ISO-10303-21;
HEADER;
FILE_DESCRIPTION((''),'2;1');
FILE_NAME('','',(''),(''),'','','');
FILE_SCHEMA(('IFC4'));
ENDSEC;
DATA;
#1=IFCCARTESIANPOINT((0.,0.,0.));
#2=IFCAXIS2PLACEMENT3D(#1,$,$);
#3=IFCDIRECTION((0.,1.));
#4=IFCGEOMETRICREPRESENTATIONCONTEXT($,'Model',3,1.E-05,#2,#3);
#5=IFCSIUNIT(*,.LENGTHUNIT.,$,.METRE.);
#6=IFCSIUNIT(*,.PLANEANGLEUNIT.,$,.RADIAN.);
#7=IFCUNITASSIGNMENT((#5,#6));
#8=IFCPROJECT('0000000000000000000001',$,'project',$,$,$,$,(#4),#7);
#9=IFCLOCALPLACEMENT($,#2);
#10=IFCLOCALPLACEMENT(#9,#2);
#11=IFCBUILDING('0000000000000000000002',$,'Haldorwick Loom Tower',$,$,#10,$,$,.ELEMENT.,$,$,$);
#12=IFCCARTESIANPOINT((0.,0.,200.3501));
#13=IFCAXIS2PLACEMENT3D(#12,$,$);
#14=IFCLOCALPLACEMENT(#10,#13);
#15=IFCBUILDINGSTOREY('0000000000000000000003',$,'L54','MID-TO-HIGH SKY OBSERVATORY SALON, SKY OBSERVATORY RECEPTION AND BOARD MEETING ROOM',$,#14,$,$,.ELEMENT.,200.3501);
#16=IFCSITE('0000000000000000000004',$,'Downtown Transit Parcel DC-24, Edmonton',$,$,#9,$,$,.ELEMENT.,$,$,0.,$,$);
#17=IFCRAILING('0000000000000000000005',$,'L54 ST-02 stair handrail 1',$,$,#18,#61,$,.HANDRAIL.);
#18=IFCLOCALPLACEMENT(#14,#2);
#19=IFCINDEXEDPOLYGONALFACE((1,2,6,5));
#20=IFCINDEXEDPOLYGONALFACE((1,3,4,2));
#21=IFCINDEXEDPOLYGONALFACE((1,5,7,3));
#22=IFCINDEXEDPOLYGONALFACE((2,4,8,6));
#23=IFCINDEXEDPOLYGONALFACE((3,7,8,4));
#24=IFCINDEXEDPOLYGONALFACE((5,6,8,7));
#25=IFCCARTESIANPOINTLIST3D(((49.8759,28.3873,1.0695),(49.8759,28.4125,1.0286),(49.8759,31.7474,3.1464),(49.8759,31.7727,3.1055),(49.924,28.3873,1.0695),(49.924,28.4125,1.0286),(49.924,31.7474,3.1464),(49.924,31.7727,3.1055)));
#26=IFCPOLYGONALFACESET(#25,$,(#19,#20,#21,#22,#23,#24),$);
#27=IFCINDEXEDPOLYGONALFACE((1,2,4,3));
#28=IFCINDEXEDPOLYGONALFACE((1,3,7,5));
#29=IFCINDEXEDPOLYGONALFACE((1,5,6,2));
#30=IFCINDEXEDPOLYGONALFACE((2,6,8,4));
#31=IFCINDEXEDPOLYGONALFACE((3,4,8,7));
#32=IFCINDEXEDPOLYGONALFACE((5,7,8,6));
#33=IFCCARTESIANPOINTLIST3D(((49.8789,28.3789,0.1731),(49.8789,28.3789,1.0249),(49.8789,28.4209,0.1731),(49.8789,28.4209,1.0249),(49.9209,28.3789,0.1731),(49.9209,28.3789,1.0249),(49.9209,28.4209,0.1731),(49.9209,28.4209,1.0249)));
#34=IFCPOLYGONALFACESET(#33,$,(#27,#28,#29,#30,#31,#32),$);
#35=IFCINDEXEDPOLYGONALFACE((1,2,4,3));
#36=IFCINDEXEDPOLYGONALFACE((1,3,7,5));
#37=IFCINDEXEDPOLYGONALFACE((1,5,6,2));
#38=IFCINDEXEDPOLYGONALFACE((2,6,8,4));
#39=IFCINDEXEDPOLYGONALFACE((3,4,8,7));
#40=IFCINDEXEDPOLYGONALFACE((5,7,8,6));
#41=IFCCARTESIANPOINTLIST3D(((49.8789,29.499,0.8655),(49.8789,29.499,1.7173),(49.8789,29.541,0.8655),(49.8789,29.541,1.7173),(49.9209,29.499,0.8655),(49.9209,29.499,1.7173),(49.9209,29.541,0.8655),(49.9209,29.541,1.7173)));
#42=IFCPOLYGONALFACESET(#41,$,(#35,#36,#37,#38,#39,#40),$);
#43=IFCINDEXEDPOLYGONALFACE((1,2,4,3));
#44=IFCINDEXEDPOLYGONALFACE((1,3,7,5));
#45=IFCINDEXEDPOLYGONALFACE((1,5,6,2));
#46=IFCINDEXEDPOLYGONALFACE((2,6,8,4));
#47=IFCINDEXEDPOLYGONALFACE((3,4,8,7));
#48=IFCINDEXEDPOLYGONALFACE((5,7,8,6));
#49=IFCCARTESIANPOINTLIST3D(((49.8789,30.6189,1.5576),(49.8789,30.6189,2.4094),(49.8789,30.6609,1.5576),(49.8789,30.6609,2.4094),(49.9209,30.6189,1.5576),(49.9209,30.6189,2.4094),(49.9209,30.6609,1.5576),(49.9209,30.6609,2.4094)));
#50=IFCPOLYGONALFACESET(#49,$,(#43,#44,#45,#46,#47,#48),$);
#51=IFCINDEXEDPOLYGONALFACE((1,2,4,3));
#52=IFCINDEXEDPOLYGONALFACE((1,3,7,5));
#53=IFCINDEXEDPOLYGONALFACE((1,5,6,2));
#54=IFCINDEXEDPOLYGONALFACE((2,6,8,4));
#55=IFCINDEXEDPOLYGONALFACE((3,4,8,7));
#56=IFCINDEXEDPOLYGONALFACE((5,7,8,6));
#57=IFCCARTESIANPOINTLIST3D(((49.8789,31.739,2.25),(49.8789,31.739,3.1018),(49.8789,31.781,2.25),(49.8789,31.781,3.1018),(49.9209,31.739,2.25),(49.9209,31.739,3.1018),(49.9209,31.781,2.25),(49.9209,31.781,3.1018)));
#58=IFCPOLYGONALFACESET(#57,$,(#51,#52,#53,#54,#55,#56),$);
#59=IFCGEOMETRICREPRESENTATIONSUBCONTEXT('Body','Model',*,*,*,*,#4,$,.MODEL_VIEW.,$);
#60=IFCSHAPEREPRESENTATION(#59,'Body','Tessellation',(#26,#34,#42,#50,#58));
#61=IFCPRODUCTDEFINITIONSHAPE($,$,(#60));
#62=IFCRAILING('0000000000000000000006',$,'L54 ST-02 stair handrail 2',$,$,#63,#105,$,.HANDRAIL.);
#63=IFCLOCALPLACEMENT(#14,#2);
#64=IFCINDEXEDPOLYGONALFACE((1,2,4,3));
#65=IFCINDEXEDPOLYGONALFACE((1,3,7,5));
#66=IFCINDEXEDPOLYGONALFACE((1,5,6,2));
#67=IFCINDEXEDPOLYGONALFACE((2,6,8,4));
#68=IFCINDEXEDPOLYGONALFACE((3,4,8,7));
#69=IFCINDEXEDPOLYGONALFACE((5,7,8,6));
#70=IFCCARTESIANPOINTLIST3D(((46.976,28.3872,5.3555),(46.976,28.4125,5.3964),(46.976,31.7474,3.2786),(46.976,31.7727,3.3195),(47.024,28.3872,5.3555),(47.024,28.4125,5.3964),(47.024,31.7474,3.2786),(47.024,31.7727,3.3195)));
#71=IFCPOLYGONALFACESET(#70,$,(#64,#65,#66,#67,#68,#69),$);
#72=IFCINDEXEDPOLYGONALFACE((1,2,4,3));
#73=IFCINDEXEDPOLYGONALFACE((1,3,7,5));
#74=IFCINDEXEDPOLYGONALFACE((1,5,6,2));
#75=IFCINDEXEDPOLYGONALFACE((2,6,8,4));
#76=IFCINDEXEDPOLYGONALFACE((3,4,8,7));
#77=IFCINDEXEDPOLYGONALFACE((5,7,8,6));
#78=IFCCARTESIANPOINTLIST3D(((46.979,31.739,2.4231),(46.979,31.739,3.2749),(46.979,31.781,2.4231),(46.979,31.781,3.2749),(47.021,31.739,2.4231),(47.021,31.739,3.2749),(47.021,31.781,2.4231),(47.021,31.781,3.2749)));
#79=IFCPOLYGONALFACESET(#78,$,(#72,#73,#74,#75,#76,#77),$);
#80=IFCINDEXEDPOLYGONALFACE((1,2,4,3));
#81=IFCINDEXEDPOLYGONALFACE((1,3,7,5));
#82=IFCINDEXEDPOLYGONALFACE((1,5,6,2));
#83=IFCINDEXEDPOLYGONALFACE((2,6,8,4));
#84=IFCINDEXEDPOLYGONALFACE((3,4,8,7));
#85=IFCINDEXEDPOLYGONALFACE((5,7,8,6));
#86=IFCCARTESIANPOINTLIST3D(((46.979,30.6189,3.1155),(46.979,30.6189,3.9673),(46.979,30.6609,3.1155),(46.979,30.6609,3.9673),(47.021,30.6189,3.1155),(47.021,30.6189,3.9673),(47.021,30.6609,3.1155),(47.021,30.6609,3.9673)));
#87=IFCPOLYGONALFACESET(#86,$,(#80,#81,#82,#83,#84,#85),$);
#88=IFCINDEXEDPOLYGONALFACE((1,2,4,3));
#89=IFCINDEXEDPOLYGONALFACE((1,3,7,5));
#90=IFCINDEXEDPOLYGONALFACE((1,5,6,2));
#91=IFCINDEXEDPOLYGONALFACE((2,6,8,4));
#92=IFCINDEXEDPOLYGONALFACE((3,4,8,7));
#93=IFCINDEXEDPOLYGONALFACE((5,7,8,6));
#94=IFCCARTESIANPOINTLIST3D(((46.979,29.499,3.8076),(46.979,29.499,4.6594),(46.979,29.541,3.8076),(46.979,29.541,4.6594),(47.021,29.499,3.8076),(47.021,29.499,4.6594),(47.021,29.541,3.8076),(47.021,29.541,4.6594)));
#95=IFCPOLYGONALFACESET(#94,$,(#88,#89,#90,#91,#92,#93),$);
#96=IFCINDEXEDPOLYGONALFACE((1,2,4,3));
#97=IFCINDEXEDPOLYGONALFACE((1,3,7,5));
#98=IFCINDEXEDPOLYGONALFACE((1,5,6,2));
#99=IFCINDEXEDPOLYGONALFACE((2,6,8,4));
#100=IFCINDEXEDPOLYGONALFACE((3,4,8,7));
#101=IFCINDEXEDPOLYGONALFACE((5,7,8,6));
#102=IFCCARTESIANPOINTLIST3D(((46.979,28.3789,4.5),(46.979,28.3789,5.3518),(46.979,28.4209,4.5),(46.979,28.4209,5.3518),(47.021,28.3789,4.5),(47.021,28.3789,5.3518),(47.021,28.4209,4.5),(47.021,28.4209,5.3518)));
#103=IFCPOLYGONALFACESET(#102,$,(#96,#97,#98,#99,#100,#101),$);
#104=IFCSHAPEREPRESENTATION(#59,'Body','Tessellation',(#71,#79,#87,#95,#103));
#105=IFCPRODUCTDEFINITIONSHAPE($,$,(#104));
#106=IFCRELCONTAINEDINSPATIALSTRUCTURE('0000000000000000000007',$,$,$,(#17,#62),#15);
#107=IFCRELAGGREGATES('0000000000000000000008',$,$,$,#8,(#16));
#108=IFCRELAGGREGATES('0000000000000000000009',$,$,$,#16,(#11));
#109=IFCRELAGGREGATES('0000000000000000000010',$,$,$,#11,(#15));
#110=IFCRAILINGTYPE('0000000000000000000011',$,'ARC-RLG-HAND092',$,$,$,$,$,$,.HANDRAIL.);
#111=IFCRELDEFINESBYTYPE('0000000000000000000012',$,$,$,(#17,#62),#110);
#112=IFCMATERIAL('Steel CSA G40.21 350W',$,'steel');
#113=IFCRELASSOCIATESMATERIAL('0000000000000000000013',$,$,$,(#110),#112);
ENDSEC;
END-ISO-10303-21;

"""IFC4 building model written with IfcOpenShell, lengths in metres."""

from ifc_helpers import new_model, si_unit, direction, frame, origin, origin_2d, place, context, subcontext, project, spatial, rectangle, extrude, material, type_object, element, save


model = new_model("IFC4")

# Units and contexts
model_context = context("Model", 3, precision=1e-05, world=origin(), true_north=direction((0.0, 1.0)))
body_context = subcontext(model_context, "Body", "Model", "MODEL_VIEW")
ifc_project = project(units=[si_unit("LENGTHUNIT", "METRE"), si_unit("PLANEANGLEUNIT", "RADIAN")], contexts=[model_context])

# Site, building, storey
site_placement = place(None, origin())
site = spatial("IfcSite", under=ifc_project, at=site_placement, Name="Downtown Transit Parcel DC-24, Edmonton", CompositionType="ELEMENT", RefElevation=0.0)
building_placement = place(site_placement, origin())
building = spatial("IfcBuilding", under=site, at=building_placement, Name="Haldorwick Loom Tower", CompositionType="ELEMENT")
storey_placement = place(building_placement, frame((0.0, 0.0, 200.3501)))
storey = spatial("IfcBuildingStorey", under=building, at=storey_placement, Name="L54", Description="MID-TO-HIGH SKY OBSERVATORY SALON, SKY OBSERVATORY RECEPTION AND BOARD MEETING ROOM", CompositionType="ELEMENT", Elevation=200.3501)

# Shared definitions
ifc_material_1 = material(Name="Steel CSA G40.21 350W", Category="steel")

# Railings
railing_type_1 = type_object("IfcRailingType", Name="ARC-RLG-HAND092", PredefinedType="HANDRAIL", material=ifc_material_1)
railing_1_placement = place(storey_placement, frame((49.8999, 28.3999, 0.1731)))
element("IfcRailing", 1, at=railing_1_placement, inside=storey, type_object=railing_type_1, Name="L54 ST-02 stair handrail 1", PredefinedType="HANDRAIL", context=body_context, shape_type="SweptSolid", body=[
    extrude(rectangle(XDim=0.0481, YDim=0.0481, at=origin_2d()), frame((0.0, 0.0, 0.876), z_axis=(0.0, 0.850623, 0.525776), x_axis=(-1.0, 0.0, 0.0)), (0.0, 0.0, 1.0), 3.9502),
    extrude(rectangle(XDim=0.042, YDim=0.042, at=origin_2d()), origin(), (0.0, 0.0, 1.0), 0.8518),
    extrude(rectangle(XDim=0.042, YDim=0.042, at=origin_2d()), frame((0.0, 1.1201, 0.6924)), (0.0, 0.0, 1.0), 0.8518),
    extrude(rectangle(XDim=0.042, YDim=0.042, at=origin_2d()), frame((0.0, 2.24, 1.3845)), (0.0, 0.0, 1.0), 0.8518),
    extrude(rectangle(XDim=0.042, YDim=0.042, at=origin_2d()), frame((0.0, 3.3601, 2.0769)), (0.0, 0.0, 1.0), 0.8518),
])
railing_2_placement = place(storey_placement, frame((47.0, 31.76, 2.4231)))
element("IfcRailing", 2, at=railing_2_placement, inside=storey, type_object=railing_type_1, Name="L54 ST-02 stair handrail 2", PredefinedType="HANDRAIL", context=body_context, shape_type="SweptSolid", body=[
    extrude(rectangle(XDim=0.0481, YDim=0.0481, at=origin_2d()), frame((0.0, 0.0, 0.876), z_axis=(0.0, -0.850623, 0.525776), x_axis=(1.0, 0.0, 0.0)), (0.0, 0.0, 1.0), 3.9502),
    extrude(rectangle(XDim=0.042, YDim=0.042, at=origin_2d()), origin(), (0.0, 0.0, 1.0), 0.8518),
    extrude(rectangle(XDim=0.042, YDim=0.042, at=origin_2d()), frame((0.0, -1.1201, 0.6924)), (0.0, 0.0, 1.0), 0.8518),
    extrude(rectangle(XDim=0.042, YDim=0.042, at=origin_2d()), frame((0.0, -2.24, 1.3845)), (0.0, 0.0, 1.0), 0.8518),
    extrude(rectangle(XDim=0.042, YDim=0.042, at=origin_2d()), frame((0.0, -3.3601, 2.0769)), (0.0, 0.0, 1.0), 0.8518),
])

save(model, "model.ifc")
